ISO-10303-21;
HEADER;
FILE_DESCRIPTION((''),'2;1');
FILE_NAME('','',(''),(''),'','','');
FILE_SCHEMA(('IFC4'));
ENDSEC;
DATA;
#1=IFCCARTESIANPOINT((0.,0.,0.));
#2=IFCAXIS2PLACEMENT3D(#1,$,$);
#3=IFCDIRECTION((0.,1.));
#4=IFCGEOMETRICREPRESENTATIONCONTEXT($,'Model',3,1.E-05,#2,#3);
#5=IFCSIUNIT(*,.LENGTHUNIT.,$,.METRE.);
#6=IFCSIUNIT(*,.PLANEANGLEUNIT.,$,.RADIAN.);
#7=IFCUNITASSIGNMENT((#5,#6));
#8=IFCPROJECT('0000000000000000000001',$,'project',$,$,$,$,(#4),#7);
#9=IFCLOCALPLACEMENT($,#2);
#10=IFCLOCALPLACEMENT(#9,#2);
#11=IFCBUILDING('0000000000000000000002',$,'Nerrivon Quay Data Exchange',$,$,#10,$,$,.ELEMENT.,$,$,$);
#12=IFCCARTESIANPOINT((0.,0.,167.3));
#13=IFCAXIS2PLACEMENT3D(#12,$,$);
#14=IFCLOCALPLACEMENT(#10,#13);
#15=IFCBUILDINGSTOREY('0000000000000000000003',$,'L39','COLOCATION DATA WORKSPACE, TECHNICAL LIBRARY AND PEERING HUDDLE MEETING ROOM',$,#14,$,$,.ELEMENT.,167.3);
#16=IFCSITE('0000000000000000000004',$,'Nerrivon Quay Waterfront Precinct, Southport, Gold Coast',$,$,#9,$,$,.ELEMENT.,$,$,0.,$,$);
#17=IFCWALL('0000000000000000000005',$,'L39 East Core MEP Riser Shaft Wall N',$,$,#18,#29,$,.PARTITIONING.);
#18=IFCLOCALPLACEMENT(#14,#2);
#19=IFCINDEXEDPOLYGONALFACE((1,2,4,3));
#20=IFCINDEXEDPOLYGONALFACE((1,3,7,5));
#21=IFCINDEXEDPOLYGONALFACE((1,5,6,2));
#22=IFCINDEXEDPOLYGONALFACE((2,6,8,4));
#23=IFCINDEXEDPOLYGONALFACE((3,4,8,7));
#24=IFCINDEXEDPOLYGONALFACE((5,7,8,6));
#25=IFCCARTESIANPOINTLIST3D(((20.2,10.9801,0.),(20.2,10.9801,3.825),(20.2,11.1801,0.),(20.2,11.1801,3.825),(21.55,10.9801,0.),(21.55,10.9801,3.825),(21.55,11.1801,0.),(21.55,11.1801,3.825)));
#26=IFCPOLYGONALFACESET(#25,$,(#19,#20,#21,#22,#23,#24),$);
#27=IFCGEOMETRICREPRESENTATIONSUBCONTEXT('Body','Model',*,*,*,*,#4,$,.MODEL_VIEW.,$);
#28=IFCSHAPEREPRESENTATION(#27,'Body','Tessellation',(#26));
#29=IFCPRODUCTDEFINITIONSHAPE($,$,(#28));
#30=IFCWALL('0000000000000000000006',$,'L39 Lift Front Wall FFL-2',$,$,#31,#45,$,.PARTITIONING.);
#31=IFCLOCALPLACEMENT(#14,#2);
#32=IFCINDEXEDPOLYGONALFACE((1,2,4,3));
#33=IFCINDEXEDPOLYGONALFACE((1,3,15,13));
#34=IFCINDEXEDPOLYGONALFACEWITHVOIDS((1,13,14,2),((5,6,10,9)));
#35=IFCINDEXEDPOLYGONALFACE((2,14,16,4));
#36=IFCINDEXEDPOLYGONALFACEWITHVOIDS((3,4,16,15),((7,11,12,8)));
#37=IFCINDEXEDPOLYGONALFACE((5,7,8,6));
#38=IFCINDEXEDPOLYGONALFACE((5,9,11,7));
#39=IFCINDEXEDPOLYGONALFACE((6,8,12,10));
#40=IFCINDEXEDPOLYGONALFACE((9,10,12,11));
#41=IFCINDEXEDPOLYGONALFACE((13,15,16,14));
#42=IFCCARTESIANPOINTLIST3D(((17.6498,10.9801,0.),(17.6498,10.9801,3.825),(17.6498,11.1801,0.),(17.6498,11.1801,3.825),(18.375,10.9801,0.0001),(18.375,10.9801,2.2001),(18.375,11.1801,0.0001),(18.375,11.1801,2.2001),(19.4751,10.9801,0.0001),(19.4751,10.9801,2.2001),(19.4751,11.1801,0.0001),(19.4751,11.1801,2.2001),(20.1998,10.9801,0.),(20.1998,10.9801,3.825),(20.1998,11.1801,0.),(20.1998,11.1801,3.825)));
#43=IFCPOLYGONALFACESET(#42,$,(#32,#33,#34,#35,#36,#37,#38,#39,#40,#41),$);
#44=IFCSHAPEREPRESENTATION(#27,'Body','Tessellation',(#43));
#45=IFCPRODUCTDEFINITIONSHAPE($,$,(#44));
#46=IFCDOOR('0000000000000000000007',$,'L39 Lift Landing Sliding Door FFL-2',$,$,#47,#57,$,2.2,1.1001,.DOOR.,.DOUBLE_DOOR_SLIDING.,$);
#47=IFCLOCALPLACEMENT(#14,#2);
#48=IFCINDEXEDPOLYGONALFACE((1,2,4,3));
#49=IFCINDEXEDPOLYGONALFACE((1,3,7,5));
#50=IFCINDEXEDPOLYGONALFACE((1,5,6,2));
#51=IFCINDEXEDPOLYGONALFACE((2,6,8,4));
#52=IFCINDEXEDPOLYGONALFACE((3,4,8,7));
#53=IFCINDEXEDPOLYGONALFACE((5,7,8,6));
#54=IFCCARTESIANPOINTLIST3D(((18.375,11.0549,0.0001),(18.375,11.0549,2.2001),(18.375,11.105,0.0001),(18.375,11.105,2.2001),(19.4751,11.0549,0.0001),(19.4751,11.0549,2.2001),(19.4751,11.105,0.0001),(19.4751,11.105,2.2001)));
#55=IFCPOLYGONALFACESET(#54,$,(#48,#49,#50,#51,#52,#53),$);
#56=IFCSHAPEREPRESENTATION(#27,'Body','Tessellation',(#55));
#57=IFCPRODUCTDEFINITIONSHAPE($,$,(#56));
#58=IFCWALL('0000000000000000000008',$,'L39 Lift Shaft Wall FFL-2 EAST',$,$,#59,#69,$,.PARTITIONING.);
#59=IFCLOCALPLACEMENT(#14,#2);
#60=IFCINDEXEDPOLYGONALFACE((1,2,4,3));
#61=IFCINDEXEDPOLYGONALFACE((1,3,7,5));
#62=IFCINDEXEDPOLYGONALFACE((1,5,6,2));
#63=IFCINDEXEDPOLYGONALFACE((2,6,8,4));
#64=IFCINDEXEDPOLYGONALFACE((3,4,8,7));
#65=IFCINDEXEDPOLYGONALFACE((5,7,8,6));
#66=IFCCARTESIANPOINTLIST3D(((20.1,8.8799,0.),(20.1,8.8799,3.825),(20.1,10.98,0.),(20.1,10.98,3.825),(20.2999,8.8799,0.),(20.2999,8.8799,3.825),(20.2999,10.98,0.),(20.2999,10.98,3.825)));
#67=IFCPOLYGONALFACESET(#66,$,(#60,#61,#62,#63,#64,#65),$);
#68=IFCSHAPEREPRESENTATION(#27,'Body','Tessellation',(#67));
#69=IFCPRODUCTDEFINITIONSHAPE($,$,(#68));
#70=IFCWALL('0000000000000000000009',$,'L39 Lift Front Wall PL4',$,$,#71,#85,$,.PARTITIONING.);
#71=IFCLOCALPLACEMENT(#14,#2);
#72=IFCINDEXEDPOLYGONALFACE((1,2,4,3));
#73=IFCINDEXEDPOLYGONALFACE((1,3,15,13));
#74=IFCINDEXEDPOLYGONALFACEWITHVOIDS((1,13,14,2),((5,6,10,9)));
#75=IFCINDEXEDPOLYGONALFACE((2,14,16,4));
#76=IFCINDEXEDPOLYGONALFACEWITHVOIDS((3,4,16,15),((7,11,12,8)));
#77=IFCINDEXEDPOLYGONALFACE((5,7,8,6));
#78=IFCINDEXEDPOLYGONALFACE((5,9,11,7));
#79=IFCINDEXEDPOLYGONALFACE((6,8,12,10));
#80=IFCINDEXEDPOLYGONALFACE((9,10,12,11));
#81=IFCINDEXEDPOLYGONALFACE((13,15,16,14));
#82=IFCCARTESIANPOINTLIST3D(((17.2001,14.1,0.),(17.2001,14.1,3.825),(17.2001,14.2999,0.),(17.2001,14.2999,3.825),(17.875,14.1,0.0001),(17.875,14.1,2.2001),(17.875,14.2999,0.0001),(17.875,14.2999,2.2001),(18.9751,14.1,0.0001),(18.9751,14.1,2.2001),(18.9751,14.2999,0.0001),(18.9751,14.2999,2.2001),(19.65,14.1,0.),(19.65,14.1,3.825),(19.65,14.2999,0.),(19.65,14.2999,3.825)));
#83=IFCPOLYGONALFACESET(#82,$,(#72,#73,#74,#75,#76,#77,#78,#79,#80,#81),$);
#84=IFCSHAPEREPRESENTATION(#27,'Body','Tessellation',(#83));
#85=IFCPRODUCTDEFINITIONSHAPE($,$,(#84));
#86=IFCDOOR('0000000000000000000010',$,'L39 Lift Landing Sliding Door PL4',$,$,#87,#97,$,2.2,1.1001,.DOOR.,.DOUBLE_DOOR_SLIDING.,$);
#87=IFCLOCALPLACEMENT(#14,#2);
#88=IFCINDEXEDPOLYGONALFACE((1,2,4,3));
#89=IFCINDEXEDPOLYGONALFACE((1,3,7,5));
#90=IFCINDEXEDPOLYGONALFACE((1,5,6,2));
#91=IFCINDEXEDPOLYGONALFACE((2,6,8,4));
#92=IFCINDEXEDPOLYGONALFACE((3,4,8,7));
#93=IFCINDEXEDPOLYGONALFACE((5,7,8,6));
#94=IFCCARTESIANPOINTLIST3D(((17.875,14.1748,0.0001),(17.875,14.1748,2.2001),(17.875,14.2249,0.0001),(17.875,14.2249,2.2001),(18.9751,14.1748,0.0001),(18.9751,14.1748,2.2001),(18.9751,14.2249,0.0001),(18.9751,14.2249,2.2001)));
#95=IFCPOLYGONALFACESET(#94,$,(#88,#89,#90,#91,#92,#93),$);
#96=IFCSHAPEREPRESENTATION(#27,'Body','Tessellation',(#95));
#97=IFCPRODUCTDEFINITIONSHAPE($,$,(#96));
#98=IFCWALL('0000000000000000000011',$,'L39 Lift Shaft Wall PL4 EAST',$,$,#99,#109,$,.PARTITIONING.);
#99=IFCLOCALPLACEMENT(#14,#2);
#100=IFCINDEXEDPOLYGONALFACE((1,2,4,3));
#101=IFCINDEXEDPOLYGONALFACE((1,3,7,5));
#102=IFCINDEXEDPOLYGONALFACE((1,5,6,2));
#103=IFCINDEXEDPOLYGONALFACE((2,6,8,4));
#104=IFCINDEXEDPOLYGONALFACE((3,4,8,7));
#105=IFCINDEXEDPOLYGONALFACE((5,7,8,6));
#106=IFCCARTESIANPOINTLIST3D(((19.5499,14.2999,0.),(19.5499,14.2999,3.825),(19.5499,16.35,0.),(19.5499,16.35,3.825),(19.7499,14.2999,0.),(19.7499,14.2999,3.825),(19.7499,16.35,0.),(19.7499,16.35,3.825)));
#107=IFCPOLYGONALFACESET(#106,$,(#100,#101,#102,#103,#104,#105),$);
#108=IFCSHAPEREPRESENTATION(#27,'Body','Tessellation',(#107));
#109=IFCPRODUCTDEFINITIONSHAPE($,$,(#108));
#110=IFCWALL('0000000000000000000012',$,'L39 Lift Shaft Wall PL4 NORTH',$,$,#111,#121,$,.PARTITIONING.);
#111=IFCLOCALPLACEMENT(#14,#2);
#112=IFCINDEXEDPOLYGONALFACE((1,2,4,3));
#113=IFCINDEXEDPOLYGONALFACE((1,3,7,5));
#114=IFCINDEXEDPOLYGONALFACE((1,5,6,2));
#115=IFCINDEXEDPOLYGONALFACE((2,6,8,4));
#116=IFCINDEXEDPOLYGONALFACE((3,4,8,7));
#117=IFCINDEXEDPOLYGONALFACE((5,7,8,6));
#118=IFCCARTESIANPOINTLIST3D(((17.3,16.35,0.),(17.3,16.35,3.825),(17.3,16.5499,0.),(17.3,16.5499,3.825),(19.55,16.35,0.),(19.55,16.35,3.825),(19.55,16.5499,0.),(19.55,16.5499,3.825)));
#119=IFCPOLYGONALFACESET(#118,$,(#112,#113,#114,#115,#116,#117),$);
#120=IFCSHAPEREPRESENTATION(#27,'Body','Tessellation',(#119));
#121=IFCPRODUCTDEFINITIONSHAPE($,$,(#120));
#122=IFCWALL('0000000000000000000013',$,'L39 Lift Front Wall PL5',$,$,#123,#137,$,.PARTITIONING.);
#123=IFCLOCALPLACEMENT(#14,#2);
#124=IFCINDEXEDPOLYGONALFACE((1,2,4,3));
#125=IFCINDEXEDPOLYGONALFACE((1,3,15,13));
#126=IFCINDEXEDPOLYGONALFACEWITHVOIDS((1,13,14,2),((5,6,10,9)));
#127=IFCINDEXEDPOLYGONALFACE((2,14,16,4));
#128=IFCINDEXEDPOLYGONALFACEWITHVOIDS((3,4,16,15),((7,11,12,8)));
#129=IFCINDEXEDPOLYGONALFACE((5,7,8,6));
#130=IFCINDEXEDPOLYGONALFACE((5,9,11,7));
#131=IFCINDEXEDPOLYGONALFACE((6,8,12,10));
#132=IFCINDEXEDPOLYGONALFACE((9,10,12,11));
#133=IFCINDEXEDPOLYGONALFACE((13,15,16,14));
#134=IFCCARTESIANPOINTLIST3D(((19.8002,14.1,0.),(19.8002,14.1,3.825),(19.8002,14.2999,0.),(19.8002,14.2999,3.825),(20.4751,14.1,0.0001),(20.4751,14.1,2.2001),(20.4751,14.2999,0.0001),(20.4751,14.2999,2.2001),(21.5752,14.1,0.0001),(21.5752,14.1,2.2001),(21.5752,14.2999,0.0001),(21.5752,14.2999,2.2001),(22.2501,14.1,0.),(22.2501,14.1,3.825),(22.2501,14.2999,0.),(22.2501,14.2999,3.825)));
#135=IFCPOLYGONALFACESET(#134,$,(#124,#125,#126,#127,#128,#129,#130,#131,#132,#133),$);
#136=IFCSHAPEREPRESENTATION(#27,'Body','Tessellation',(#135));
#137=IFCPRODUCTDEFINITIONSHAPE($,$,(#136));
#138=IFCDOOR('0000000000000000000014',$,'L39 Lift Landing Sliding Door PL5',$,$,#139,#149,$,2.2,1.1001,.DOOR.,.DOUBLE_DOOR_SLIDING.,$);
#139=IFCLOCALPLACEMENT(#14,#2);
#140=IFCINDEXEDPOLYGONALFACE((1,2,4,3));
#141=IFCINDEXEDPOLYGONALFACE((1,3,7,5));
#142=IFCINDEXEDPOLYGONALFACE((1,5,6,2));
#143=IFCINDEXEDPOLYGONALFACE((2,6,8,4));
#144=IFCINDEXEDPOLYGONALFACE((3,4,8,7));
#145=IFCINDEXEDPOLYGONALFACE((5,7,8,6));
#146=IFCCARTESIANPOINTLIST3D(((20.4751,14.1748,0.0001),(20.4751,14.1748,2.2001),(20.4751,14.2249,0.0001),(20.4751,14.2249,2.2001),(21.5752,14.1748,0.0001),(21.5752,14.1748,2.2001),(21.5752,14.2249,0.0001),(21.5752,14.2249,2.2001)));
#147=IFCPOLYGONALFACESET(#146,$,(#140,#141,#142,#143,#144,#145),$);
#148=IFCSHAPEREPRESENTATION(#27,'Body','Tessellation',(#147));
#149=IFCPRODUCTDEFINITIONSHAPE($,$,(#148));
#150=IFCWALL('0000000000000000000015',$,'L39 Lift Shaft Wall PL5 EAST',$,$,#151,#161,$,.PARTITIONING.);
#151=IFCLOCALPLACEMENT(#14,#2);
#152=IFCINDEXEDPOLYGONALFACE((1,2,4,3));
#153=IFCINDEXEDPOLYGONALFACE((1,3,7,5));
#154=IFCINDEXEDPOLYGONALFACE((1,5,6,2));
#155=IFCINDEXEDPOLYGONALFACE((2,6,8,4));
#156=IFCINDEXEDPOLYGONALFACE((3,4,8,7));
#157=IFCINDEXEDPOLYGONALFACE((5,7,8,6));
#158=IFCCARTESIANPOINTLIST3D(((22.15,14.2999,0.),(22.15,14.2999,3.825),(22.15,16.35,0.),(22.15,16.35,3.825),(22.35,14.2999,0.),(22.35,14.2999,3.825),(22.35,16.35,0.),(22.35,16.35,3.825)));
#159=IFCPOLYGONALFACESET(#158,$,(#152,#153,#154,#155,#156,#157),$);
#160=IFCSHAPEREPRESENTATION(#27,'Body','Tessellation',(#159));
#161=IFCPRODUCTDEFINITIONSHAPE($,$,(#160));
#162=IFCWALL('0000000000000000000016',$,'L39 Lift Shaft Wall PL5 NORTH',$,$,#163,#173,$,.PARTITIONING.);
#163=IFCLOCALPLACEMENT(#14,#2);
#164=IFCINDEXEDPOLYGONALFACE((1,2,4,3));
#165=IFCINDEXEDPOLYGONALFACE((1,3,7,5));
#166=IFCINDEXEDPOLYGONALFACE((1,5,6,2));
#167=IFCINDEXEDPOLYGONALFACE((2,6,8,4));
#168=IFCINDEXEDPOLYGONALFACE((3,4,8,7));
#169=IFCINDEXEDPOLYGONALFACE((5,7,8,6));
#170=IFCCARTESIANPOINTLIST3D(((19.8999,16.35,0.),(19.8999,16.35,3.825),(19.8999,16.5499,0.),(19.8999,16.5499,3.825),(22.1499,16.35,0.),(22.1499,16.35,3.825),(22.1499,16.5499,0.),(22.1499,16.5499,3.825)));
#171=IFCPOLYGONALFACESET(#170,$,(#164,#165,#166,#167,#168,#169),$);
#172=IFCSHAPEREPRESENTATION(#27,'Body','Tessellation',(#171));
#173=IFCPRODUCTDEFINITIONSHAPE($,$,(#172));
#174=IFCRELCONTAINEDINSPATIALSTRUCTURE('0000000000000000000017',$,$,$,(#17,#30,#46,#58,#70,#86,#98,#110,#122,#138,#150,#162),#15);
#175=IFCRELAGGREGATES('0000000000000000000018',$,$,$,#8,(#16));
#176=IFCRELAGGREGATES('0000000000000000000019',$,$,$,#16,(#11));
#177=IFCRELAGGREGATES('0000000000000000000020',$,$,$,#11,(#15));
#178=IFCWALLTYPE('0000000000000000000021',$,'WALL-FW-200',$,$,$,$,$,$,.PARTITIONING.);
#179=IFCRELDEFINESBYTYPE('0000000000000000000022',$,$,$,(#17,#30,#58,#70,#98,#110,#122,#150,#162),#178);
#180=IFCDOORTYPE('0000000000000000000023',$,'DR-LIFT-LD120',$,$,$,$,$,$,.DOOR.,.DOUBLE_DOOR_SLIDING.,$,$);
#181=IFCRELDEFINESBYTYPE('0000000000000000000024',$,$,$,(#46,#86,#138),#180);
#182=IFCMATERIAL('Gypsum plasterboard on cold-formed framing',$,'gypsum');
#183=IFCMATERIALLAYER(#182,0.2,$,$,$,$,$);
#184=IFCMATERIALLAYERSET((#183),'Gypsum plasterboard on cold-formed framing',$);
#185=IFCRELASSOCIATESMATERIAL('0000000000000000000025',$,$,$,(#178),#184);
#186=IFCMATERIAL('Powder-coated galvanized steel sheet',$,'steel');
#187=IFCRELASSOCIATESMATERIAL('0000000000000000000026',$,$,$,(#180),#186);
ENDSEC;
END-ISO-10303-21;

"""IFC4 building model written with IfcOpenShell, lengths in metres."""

from ifc_helpers import new_model, si_unit, direction, frame, frame_2d, origin, place, context, subcontext, project, spatial, rectangle, extrude, material, layer, layer_set, type_object, element, fill, save


model = new_model("IFC4")

# Units and contexts
model_context = context("Model", 3, precision=1e-05, world=origin(), true_north=direction((0.0, 1.0)))
body_context = subcontext(model_context, "Body", "Model", "MODEL_VIEW")
ifc_project = project(units=[si_unit("LENGTHUNIT", "METRE"), si_unit("PLANEANGLEUNIT", "RADIAN")], contexts=[model_context])

# Site, building, storey
site_placement = place(None, origin())
site = spatial("IfcSite", under=ifc_project, at=site_placement, Name="Nerrivon Quay Waterfront Precinct, Southport, Gold Coast", CompositionType="ELEMENT", RefElevation=0.0)
building_placement = place(site_placement, origin())
building = spatial("IfcBuilding", under=site, at=building_placement, Name="Nerrivon Quay Data Exchange", CompositionType="ELEMENT")
storey_placement = place(building_placement, frame((0.0, 0.0, 167.3)))
storey = spatial("IfcBuildingStorey", under=building, at=storey_placement, Name="L39", Description="COLOCATION DATA WORKSPACE, TECHNICAL LIBRARY AND PEERING HUDDLE MEETING ROOM", CompositionType="ELEMENT", Elevation=167.3)

# Shared definitions
ifc_material_1 = material(Name="Powder-coated galvanized steel sheet", Category="steel")

# Wall
ifc_material_2 = material(Name="Gypsum plasterboard on cold-formed framing", Category="gypsum")
ifc_layer_1 = layer(ifc_material_2, 0.2)
ifc_layer_set_1 = layer_set([ifc_layer_1], Name="Gypsum plasterboard on cold-formed framing")
wall_type_1 = type_object("IfcWallType", Name="WALL-FW-200", PredefinedType="PARTITIONING", material=ifc_layer_set_1)
wall_1_placement = place(storey_placement, frame((20.2, 11.0801, 0.0), z_axis=(0.0, 0.0, 1.0), x_axis=(1.0, 0.0, 0.0)))
element("IfcWall", 1, at=wall_1_placement, inside=storey, type_object=wall_type_1, Name="L39 East Core MEP Riser Shaft Wall N", PredefinedType="PARTITIONING", context=body_context, shape_type="SweptSolid", body=[
    extrude(rectangle(XDim=1.3501, YDim=0.2, at=frame_2d((0.675, 0.0))), origin(), (0.0, 0.0, 1.0), 3.825),
])

# Wall, opening, door
wall_2_placement = place(storey_placement, frame((17.6499, 11.0801, 0.0), z_axis=(0.0, 0.0, 1.0), x_axis=(1.0, 0.0, 0.0)))
wall_2 = element("IfcWall", 2, at=wall_2_placement, inside=storey, type_object=wall_type_1, Name="L39 Lift Front Wall FFL-2", PredefinedType="PARTITIONING", context=body_context, shape_type="SweptSolid", body=[
    extrude(rectangle(XDim=2.55, YDim=0.2, at=frame_2d((1.2749, 0.0))), origin(), (0.0, 0.0, 1.0), 3.825),
])
opening_1_placement = place(wall_2_placement, frame((0.7251, 0.0, 0.0)))
opening_1 = element("IfcOpeningElement", 3, at=opening_1_placement, cuts=wall_2, PredefinedType="OPENING", context=body_context, shape_type="SweptSolid", body=[
    extrude(rectangle(XDim=1.1001, YDim=2.2, at=frame_2d((0.55, 1.1001))), frame((0.0, 0.1099, 0.0), z_axis=(0.0, -1.0, 0.0), x_axis=(1.0, 0.0, 0.0)), (0.0, 0.0, 1.0), 0.22),
])
door_type_1 = type_object("IfcDoorType", Name="DR-LIFT-LD120", OperationType="DOUBLE_DOOR_SLIDING", PredefinedType="DOOR", material=ifc_material_1)
door_1_placement = place(opening_1_placement, origin())
door_1 = element("IfcDoor", 4, at=door_1_placement, inside=storey, type_object=door_type_1, Name="L39 Lift Landing Sliding Door FFL-2", OperationType="DOUBLE_DOOR_SLIDING", OverallHeight=2.2, OverallWidth=1.1001, PredefinedType="DOOR", context=body_context, shape_type="SweptSolid", body=[
    extrude(rectangle(XDim=1.1001, YDim=2.2, at=frame_2d((0.55, 1.1001))), frame((0.0, 0.0249, 0.0), z_axis=(0.0, -1.0, 0.0), x_axis=(1.0, 0.0, 0.0)), (0.0, 0.0, 1.0), 0.05),
])
fill(opening_1, door_1)

# Wall
wall_3_placement = place(storey_placement, frame((20.2, 8.8799, 0.0), z_axis=(0.0, 0.0, 1.0), x_axis=(0.0, 1.0, 0.0)))
element("IfcWall", 5, at=wall_3_placement, inside=storey, type_object=wall_type_1, Name="L39 Lift Shaft Wall FFL-2 EAST", PredefinedType="PARTITIONING", context=body_context, shape_type="SweptSolid", body=[
    extrude(rectangle(XDim=2.1001, YDim=0.2, at=frame_2d((1.05, 0.0))), origin(), (0.0, 0.0, 1.0), 3.825),
])

# Wall, opening, door
wall_4_placement = place(storey_placement, frame((17.2, 14.2, 0.0), z_axis=(0.0, 0.0, 1.0), x_axis=(1.0, 0.0, 0.0)))
wall_4 = element("IfcWall", 6, at=wall_4_placement, inside=storey, type_object=wall_type_1, Name="L39 Lift Front Wall PL4", PredefinedType="PARTITIONING", context=body_context, shape_type="SweptSolid", body=[
    extrude(rectangle(XDim=2.45, YDim=0.2, at=frame_2d((1.2251, 0.0))), origin(), (0.0, 0.0, 1.0), 3.825),
])
opening_2_placement = place(wall_4_placement, frame((0.675, 0.0, 0.0)))
opening_2 = element("IfcOpeningElement", 7, at=opening_2_placement, cuts=wall_4, PredefinedType="OPENING", context=body_context, shape_type="SweptSolid", body=[
    extrude(rectangle(XDim=1.1001, YDim=2.2, at=frame_2d((0.55, 1.1001))), frame((0.0, 0.1099, 0.0), z_axis=(0.0, -1.0, 0.0), x_axis=(1.0, 0.0, 0.0)), (0.0, 0.0, 1.0), 0.22),
])
door_2_placement = place(opening_2_placement, origin())
door_2 = element("IfcDoor", 8, at=door_2_placement, inside=storey, type_object=door_type_1, Name="L39 Lift Landing Sliding Door PL4", OperationType="DOUBLE_DOOR_SLIDING", OverallHeight=2.2, OverallWidth=1.1001, PredefinedType="DOOR", context=body_context, shape_type="SweptSolid", body=[
    extrude(rectangle(XDim=1.1001, YDim=2.2, at=frame_2d((0.55, 1.1001))), frame((0.0, 0.0249, 0.0), z_axis=(0.0, -1.0, 0.0), x_axis=(1.0, 0.0, 0.0)), (0.0, 0.0, 1.0), 0.05),
])
fill(opening_2, door_2)

# Walls
wall_5_placement = place(storey_placement, frame((19.6499, 14.3, 0.0), z_axis=(0.0, 0.0, 1.0), x_axis=(0.0, 1.0, 0.0)))
element("IfcWall", 9, at=wall_5_placement, inside=storey, type_object=wall_type_1, Name="L39 Lift Shaft Wall PL4 EAST", PredefinedType="PARTITIONING", context=body_context, shape_type="SweptSolid", body=[
    extrude(rectangle(XDim=2.05, YDim=0.2, at=frame_2d((1.0249, 0.0))), origin(), (0.0, 0.0, 1.0), 3.825),
])
wall_6_placement = place(storey_placement, frame((17.3, 16.45, 0.0), z_axis=(0.0, 0.0, 1.0), x_axis=(1.0, 0.0, 0.0)))
element("IfcWall", 10, at=wall_6_placement, inside=storey, type_object=wall_type_1, Name="L39 Lift Shaft Wall PL4 NORTH", PredefinedType="PARTITIONING", context=body_context, shape_type="SweptSolid", body=[
    extrude(rectangle(XDim=2.25, YDim=0.2, at=frame_2d((1.125, 0.0))), origin(), (0.0, 0.0, 1.0), 3.825),
])

# Wall, opening, door
wall_7_placement = place(storey_placement, frame((19.8, 14.2, 0.0), z_axis=(0.0, 0.0, 1.0), x_axis=(1.0, 0.0, 0.0)))
wall_7 = element("IfcWall", 11, at=wall_7_placement, inside=storey, type_object=wall_type_1, Name="L39 Lift Front Wall PL5", PredefinedType="PARTITIONING", context=body_context, shape_type="SweptSolid", body=[
    extrude(rectangle(XDim=2.45, YDim=0.2, at=frame_2d((1.2251, 0.0))), origin(), (0.0, 0.0, 1.0), 3.825),
])
opening_3_placement = place(wall_7_placement, frame((0.675, 0.0, 0.0)))
opening_3 = element("IfcOpeningElement", 12, at=opening_3_placement, cuts=wall_7, PredefinedType="OPENING", context=body_context, shape_type="SweptSolid", body=[
    extrude(rectangle(XDim=1.1001, YDim=2.2, at=frame_2d((0.55, 1.1001))), frame((0.0, 0.1099, 0.0), z_axis=(0.0, -1.0, 0.0), x_axis=(1.0, 0.0, 0.0)), (0.0, 0.0, 1.0), 0.22),
])
door_3_placement = place(opening_3_placement, origin())
door_3 = element("IfcDoor", 13, at=door_3_placement, inside=storey, type_object=door_type_1, Name="L39 Lift Landing Sliding Door PL5", OperationType="DOUBLE_DOOR_SLIDING", OverallHeight=2.2, OverallWidth=1.1001, PredefinedType="DOOR", context=body_context, shape_type="SweptSolid", body=[
    extrude(rectangle(XDim=1.1001, YDim=2.2, at=frame_2d((0.55, 1.1001))), frame((0.0, 0.0249, 0.0), z_axis=(0.0, -1.0, 0.0), x_axis=(1.0, 0.0, 0.0)), (0.0, 0.0, 1.0), 0.05),
])
fill(opening_3, door_3)

# Walls
wall_8_placement = place(storey_placement, frame((22.25, 14.3, 0.0), z_axis=(0.0, 0.0, 1.0), x_axis=(0.0, 1.0, 0.0)))
element("IfcWall", 14, at=wall_8_placement, inside=storey, type_object=wall_type_1, Name="L39 Lift Shaft Wall PL5 EAST", PredefinedType="PARTITIONING", context=body_context, shape_type="SweptSolid", body=[
    extrude(rectangle(XDim=2.05, YDim=0.2, at=frame_2d((1.0249, 0.0))), origin(), (0.0, 0.0, 1.0), 3.825),
])
wall_9_placement = place(storey_placement, frame((19.8999, 16.45, 0.0), z_axis=(0.0, 0.0, 1.0), x_axis=(1.0, 0.0, 0.0)))
element("IfcWall", 15, at=wall_9_placement, inside=storey, type_object=wall_type_1, Name="L39 Lift Shaft Wall PL5 NORTH", PredefinedType="PARTITIONING", context=body_context, shape_type="SweptSolid", body=[
    extrude(rectangle(XDim=2.25, YDim=0.2, at=frame_2d((1.125, 0.0))), origin(), (0.0, 0.0, 1.0), 3.825),
])

save(model, "model.ifc")
